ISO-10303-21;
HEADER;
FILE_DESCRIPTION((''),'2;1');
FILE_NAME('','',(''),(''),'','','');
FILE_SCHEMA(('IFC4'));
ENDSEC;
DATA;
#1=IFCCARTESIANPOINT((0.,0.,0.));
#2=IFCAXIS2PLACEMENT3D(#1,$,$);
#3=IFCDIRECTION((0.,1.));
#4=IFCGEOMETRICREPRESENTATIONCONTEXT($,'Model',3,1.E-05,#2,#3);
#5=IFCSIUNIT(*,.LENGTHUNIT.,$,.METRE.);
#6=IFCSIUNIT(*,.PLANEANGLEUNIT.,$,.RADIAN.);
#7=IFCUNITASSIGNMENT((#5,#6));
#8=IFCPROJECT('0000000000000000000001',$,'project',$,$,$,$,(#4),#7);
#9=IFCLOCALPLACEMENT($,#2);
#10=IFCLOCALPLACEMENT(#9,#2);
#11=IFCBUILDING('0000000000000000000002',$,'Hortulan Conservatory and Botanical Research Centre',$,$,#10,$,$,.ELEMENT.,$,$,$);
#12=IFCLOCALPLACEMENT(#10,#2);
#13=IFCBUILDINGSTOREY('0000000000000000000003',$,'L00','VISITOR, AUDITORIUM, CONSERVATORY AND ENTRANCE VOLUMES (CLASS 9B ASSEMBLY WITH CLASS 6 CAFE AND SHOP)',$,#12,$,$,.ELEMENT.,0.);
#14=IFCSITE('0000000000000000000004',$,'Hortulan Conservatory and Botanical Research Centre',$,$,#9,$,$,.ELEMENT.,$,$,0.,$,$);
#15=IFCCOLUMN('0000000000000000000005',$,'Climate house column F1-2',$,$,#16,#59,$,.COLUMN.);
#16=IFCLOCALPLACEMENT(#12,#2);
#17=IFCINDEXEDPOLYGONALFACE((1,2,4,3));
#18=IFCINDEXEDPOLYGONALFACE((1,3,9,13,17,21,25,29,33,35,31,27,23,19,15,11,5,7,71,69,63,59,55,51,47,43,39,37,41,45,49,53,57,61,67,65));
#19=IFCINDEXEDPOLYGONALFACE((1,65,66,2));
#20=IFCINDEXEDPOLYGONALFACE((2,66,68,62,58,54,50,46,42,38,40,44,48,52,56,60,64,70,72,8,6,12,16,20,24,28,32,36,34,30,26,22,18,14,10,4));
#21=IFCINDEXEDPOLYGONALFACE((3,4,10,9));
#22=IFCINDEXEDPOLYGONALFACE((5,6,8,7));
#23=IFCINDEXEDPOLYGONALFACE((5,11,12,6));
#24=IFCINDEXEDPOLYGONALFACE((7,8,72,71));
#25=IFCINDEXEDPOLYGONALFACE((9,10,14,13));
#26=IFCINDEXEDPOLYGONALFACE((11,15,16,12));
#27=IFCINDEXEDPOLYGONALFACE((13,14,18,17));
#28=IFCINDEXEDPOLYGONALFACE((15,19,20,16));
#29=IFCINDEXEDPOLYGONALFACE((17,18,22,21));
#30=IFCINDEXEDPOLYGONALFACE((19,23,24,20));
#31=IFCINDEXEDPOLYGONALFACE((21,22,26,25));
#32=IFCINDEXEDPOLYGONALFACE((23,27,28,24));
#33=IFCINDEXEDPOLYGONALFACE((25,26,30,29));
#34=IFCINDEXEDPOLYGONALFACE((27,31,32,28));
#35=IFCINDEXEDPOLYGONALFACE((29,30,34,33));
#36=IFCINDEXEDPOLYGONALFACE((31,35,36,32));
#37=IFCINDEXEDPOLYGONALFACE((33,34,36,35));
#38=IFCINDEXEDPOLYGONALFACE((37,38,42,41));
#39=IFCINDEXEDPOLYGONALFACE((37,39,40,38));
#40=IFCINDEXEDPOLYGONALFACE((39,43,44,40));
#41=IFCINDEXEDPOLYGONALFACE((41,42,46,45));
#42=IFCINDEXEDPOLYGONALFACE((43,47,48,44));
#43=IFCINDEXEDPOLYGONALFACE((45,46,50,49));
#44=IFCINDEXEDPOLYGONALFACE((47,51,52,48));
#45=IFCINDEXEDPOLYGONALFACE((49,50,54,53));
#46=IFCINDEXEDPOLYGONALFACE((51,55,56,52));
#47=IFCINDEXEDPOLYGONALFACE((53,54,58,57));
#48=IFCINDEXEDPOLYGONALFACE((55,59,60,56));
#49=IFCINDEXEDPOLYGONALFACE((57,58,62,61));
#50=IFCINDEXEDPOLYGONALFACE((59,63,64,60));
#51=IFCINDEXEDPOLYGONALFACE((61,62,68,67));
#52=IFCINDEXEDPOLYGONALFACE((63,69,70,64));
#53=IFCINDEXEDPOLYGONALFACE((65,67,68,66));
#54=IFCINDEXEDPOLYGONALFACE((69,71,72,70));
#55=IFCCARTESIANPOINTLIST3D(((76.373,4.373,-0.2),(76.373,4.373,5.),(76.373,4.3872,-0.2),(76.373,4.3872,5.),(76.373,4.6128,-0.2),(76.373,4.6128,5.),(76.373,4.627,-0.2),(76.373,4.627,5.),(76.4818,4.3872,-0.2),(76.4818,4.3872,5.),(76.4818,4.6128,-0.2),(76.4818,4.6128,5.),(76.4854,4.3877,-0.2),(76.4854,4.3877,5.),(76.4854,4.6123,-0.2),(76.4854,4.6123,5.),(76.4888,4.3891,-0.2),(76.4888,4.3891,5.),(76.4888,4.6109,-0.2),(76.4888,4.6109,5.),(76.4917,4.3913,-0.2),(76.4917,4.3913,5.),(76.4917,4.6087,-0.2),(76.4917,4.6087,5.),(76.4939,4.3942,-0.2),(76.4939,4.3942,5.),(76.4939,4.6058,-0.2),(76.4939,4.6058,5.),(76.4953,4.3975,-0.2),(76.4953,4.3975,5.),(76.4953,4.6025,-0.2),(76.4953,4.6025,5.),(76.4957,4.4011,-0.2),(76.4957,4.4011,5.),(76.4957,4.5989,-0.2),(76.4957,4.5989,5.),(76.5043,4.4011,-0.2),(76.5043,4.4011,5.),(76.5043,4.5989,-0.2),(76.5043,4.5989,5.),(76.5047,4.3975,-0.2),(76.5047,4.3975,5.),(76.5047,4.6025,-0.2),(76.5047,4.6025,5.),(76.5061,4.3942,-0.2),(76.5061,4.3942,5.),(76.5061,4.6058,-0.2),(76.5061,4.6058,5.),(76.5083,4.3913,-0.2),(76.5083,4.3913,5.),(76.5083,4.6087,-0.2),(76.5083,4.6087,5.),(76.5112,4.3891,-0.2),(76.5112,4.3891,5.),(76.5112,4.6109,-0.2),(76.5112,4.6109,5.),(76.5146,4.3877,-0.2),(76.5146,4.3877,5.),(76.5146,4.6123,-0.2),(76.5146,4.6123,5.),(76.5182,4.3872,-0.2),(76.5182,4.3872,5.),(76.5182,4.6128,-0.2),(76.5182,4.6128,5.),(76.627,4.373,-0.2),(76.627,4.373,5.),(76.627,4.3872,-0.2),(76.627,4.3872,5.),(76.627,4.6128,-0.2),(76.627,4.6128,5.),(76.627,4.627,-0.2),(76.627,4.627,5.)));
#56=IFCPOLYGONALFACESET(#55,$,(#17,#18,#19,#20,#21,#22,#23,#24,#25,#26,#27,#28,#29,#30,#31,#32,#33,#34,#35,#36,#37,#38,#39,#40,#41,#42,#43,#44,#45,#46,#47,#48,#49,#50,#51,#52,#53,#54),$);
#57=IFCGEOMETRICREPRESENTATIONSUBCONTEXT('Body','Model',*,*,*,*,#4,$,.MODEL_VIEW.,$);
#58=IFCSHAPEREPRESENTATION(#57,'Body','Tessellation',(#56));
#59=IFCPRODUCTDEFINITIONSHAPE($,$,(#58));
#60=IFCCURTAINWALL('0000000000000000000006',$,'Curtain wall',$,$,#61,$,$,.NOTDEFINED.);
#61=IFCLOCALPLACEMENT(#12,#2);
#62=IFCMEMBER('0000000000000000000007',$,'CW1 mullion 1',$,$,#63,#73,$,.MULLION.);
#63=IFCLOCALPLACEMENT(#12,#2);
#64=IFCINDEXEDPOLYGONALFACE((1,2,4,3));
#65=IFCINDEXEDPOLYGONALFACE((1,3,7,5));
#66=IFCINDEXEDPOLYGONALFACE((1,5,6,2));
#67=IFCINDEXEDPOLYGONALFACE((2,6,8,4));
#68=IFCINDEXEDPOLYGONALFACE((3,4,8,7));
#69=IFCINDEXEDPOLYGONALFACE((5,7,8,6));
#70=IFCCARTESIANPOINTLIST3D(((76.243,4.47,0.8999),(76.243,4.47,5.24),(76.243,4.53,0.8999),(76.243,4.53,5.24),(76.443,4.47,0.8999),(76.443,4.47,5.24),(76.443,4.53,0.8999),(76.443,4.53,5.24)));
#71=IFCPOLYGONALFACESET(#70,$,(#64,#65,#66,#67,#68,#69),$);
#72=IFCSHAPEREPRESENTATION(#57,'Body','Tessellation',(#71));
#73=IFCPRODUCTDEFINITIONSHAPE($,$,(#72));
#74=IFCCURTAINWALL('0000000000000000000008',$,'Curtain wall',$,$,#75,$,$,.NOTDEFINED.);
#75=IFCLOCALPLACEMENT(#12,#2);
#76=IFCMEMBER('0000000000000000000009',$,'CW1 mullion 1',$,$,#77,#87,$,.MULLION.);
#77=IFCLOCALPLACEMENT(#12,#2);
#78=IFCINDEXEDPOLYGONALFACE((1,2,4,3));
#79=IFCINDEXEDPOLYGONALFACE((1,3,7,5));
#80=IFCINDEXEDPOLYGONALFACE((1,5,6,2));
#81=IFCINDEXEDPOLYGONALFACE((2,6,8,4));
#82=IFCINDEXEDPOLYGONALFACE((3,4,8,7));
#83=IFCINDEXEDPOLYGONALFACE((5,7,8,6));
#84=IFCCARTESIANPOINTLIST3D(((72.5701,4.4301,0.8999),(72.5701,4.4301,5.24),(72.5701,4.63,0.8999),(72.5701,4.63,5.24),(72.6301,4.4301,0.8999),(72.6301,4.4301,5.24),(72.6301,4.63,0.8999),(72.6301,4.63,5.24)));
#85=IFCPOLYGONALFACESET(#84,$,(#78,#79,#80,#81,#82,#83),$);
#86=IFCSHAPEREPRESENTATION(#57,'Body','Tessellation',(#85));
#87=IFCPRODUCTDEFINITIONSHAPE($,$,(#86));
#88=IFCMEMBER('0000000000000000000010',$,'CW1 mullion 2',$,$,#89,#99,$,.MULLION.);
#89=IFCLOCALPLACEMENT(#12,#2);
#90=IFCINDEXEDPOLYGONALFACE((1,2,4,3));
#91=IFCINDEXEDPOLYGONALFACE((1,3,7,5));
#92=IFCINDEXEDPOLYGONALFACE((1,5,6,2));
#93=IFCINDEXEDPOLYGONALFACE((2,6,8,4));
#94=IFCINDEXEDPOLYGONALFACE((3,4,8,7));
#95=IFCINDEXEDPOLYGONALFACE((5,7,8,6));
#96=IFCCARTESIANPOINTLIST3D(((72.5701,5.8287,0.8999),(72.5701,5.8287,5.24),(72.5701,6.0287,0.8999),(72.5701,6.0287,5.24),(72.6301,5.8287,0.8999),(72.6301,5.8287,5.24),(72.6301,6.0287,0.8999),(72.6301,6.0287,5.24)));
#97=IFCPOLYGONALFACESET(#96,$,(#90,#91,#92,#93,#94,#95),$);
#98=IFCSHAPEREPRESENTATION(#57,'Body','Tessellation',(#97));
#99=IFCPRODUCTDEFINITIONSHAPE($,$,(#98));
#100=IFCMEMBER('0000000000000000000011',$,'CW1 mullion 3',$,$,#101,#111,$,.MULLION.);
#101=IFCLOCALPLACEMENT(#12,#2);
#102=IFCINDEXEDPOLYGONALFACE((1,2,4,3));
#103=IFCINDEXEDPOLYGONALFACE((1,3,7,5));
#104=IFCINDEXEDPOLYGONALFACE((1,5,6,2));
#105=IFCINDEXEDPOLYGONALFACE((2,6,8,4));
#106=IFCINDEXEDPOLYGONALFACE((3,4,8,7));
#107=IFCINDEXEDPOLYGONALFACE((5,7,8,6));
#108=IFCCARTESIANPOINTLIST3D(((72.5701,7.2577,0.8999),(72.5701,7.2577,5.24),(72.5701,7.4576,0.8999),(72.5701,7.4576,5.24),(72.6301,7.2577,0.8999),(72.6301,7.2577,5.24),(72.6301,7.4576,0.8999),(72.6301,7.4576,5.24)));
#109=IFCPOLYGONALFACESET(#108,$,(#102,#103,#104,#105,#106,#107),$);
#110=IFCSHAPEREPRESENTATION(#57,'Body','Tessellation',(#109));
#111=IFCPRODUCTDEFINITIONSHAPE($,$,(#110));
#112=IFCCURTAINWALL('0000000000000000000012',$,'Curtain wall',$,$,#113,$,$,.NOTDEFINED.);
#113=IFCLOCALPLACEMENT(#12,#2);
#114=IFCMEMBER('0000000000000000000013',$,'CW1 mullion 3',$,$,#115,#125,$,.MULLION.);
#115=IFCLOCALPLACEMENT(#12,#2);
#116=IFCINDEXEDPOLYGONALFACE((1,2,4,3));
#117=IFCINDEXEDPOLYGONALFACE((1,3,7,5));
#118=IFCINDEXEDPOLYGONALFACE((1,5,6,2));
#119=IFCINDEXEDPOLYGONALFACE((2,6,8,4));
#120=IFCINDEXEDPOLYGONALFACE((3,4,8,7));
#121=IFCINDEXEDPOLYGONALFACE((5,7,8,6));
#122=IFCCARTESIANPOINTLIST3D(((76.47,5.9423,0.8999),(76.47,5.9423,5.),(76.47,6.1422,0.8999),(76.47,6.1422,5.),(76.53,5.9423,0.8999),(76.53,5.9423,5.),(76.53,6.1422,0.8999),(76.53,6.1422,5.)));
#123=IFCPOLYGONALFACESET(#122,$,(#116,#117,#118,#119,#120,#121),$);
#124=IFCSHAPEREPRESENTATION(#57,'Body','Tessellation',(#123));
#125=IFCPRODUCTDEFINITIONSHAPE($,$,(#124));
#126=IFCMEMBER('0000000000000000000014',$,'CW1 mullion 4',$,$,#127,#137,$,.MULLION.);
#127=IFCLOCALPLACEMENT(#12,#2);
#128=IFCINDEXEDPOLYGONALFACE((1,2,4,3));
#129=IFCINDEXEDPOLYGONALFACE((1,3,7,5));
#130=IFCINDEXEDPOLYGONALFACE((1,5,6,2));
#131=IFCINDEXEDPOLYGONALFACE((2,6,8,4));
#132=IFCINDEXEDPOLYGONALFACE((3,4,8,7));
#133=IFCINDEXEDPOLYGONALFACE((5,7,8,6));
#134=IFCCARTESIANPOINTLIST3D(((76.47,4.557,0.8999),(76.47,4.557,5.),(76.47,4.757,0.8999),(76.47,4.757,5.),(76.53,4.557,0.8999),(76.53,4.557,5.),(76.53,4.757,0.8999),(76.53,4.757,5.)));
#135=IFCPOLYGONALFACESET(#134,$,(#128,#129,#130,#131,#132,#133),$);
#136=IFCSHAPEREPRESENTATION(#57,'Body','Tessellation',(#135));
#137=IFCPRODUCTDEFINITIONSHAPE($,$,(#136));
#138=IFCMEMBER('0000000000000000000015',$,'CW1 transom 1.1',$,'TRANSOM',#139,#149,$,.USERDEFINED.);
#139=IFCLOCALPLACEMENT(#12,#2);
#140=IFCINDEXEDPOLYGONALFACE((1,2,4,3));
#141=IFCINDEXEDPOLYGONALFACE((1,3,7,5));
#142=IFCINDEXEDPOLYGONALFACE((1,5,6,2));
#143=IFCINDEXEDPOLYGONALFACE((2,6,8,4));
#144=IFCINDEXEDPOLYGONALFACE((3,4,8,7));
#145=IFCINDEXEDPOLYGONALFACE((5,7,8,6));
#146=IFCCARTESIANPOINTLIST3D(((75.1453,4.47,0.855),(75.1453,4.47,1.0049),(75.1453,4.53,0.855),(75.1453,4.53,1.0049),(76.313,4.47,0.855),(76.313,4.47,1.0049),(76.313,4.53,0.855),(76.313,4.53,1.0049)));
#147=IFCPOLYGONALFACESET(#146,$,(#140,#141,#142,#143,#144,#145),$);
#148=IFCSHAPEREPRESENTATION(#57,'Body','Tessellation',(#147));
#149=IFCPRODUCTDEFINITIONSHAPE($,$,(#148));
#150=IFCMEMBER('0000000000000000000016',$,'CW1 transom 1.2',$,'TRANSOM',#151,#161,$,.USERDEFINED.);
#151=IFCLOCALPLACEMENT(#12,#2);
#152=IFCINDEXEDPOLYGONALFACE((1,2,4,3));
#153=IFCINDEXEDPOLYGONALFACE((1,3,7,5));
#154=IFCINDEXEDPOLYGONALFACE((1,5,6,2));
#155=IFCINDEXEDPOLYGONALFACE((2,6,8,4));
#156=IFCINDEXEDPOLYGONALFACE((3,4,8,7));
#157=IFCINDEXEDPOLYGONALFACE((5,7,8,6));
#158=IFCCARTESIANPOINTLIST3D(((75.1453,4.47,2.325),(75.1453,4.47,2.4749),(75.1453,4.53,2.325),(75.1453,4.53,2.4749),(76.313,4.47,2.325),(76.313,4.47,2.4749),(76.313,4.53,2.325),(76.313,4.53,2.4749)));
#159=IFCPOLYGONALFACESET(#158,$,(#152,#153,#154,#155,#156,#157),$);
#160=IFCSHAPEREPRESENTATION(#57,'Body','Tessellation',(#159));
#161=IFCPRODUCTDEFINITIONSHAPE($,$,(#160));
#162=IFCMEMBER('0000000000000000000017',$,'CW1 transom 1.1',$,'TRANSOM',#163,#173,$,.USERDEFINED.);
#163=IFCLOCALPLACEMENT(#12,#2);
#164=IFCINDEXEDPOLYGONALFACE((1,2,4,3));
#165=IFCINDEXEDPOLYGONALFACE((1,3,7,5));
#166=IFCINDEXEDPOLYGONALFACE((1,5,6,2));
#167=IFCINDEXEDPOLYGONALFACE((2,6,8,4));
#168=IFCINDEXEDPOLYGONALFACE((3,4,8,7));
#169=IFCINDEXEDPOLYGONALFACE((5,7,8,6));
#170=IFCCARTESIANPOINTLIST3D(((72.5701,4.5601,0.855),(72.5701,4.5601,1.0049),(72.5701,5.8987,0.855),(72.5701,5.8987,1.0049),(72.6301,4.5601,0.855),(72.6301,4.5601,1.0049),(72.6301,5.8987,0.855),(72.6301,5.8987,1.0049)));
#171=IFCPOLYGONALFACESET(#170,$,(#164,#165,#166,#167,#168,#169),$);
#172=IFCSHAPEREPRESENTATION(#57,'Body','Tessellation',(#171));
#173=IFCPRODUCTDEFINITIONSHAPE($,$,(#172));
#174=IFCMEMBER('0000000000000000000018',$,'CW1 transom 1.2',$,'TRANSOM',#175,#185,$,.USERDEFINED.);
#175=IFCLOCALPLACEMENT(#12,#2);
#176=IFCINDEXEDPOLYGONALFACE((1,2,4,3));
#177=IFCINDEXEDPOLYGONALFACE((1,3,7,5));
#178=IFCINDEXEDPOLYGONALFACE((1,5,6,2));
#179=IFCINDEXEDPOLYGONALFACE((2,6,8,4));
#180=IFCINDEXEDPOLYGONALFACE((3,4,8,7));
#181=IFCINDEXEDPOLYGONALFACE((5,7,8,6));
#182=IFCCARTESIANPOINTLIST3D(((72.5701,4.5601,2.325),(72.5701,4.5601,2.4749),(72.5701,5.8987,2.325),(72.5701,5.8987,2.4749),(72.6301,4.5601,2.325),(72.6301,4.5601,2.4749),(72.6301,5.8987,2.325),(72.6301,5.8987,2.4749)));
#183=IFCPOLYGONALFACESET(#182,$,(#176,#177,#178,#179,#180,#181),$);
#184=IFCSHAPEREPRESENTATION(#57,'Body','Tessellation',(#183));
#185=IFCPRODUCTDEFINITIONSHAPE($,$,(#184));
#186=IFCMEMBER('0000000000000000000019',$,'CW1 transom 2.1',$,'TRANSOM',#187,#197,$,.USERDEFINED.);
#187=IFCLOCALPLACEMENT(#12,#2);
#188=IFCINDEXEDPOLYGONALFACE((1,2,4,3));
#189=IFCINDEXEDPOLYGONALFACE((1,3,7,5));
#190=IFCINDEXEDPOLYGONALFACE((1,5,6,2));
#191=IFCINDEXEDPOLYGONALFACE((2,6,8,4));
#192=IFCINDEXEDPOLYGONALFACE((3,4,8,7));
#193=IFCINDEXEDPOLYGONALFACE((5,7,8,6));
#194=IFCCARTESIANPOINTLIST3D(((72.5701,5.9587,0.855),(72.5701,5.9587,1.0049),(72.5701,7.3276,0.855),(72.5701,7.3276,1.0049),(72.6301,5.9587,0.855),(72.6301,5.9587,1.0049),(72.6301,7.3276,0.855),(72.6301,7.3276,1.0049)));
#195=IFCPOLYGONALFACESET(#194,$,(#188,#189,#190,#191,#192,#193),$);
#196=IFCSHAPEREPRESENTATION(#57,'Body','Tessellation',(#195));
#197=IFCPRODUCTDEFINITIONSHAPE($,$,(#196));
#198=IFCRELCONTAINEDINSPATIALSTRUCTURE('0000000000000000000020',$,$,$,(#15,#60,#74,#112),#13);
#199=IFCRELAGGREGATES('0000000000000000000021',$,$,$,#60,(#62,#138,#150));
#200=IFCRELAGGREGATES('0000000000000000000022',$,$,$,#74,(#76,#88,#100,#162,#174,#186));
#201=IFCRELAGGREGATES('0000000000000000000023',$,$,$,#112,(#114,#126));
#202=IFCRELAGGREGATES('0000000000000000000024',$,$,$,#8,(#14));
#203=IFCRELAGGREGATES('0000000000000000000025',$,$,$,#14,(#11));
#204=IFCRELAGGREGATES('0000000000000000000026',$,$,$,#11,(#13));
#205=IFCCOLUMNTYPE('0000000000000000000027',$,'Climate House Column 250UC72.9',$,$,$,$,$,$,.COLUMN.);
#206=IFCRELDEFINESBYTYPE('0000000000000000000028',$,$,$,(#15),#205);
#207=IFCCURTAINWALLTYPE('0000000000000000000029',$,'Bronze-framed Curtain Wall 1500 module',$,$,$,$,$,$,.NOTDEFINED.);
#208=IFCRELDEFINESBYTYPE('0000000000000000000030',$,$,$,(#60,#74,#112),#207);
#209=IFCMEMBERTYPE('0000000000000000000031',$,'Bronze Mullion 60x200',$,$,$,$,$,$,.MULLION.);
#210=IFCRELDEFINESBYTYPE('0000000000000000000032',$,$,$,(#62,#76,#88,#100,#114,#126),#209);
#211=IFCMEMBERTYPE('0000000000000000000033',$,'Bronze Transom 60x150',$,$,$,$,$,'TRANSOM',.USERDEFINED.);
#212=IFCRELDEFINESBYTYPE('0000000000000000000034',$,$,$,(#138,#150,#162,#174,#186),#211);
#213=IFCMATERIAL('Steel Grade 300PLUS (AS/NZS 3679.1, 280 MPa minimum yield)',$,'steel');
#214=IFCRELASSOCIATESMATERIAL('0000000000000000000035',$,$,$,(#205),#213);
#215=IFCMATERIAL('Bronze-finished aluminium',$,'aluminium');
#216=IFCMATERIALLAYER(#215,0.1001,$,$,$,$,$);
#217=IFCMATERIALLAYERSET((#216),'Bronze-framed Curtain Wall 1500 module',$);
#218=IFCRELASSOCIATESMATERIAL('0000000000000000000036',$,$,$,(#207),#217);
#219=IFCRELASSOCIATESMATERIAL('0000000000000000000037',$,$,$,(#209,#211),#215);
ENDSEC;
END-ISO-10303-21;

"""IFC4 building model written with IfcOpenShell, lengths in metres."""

from ifc_helpers import new_model, si_unit, direction, frame, origin, origin_2d, place, context, subcontext, project, spatial, rectangle, i_section, extrude, material, layer, layer_set, material_profile, profile_set, type_object, element, aggregate, save


model = new_model("IFC4")

# Units and contexts
model_context = context("Model", 3, precision=1e-05, world=origin(), true_north=direction((0.0, 1.0)))
body_context = subcontext(model_context, "Body", "Model", "MODEL_VIEW")
ifc_project = project(units=[si_unit("LENGTHUNIT", "METRE"), si_unit("PLANEANGLEUNIT", "RADIAN")], contexts=[model_context])

# Site, building, storey
site_placement = place(None, origin())
site = spatial("IfcSite", under=ifc_project, at=site_placement, Name="Hortulan Conservatory and Botanical Research Centre", CompositionType="ELEMENT", RefElevation=0.0)
building_placement = place(site_placement, origin())
building = spatial("IfcBuilding", under=site, at=building_placement, Name="Hortulan Conservatory and Botanical Research Centre", CompositionType="ELEMENT")
storey_placement = place(building_placement, origin())
storey = spatial("IfcBuildingStorey", under=building, at=storey_placement, Name="L00", Description="VISITOR, AUDITORIUM, CONSERVATORY AND ENTRANCE VOLUMES (CLASS 9B ASSEMBLY WITH CLASS 6 CAFE AND SHOP)", CompositionType="ELEMENT", Elevation=0.0)

# Column
ifc_material_1 = material(Name="Steel Grade 300PLUS (AS/NZS 3679.1, 280 MPa minimum yield)", Category="steel")
ifc_material_profile_1 = material_profile(ifc_material_1, i_section(OverallWidth=0.2539, OverallDepth=0.2539, WebThickness=0.0085, FlangeThickness=0.0142, FilletRadius=0.0139, at=origin_2d()), Name="250UC72.9")
ifc_profile_set_1 = profile_set([ifc_material_profile_1], Name="Steel Grade 300PLUS (AS/NZS 3679.1, 280 MPa minimum yield)")
column_type = type_object("IfcColumnType", Name="Climate House Column 250UC72.9", PredefinedType="COLUMN", material=ifc_profile_set_1)
column_placement = place(storey_placement, frame((76.5, 4.5, -0.2), z_axis=(0.0, 0.0, 1.0), x_axis=(1.0, 0.0, 0.0)))
element("IfcColumn", 1, at=column_placement, inside=storey, type_object=column_type, Name="Climate house column F1-2", PredefinedType="COLUMN", context=body_context, shape_type="SweptSolid", body=[
    extrude(i_section(OverallWidth=0.2539, OverallDepth=0.2539, WebThickness=0.0085, FlangeThickness=0.0142, FilletRadius=0.0139, at=origin_2d()), origin(), (0.0, 0.0, 1.0), 5.2),
])

# Curtain wall, member
ifc_material_2 = material(Name="Bronze-finished aluminium", Category="aluminium")
ifc_layer_1 = layer(ifc_material_2, 0.1001)
ifc_layer_set_1 = layer_set([ifc_layer_1], Name="Bronze-framed Curtain Wall 1500 module")
curtain_wall_type = type_object("IfcCurtainWallType", Name="Bronze-framed Curtain Wall 1500 module", PredefinedType="NOTDEFINED", material=ifc_layer_set_1)
curtain_wall_1_placement = place(storey_placement, origin())
curtain_wall_1 = element("IfcCurtainWall", 2, at=curtain_wall_1_placement, inside=storey, type_object=curtain_wall_type, Name="Curtain wall", PredefinedType="NOTDEFINED")
ifc_material_profile_2 = material_profile(ifc_material_2, rectangle(XDim=0.0601, YDim=0.2, at=origin_2d()), Name="Bronze Mullion 60x200")
ifc_profile_set_2 = profile_set([ifc_material_profile_2], Name="Bronze-finished aluminium")
member_type_1 = type_object("IfcMemberType", Name="Bronze Mullion 60x200", PredefinedType="MULLION", material=ifc_profile_set_2)
member_1_placement = place(storey_placement, frame((76.343, 4.5, 0.8999), z_axis=(0.0, 0.0, 1.0), x_axis=(0.0, -1.0, 0.0)))
member_1 = element("IfcMember", 3, at=member_1_placement, type_object=member_type_1, Name="CW1 mullion 1", PredefinedType="MULLION", context=body_context, shape_type="SweptSolid", body=[
    extrude(rectangle(XDim=0.0601, YDim=0.2, at=origin_2d()), origin(), (0.0, 0.0, 1.0), 4.3401),
])

# Curtain walls, members
curtain_wall_2_placement = place(storey_placement, origin())
curtain_wall_2 = element("IfcCurtainWall", 4, at=curtain_wall_2_placement, inside=storey, type_object=curtain_wall_type, Name="Curtain wall", PredefinedType="NOTDEFINED")
member_2_placement = place(storey_placement, frame((72.6001, 4.53, 0.8999), z_axis=(0.0, 0.0, 1.0), x_axis=(-1.0, 0.0, 0.0)))
member_2 = element("IfcMember", 5, at=member_2_placement, type_object=member_type_1, Name="CW1 mullion 1", PredefinedType="MULLION", context=body_context, shape_type="SweptSolid", body=[
    extrude(rectangle(XDim=0.0601, YDim=0.2, at=origin_2d()), origin(), (0.0, 0.0, 1.0), 4.3401),
])
member_3_placement = place(storey_placement, frame((72.6001, 5.9287, 0.8999), z_axis=(0.0, 0.0, 1.0), x_axis=(-1.0, 0.0, 0.0)))
member_3 = element("IfcMember", 6, at=member_3_placement, type_object=member_type_1, Name="CW1 mullion 2", PredefinedType="MULLION", context=body_context, shape_type="SweptSolid", body=[
    extrude(rectangle(XDim=0.0601, YDim=0.2, at=origin_2d()), origin(), (0.0, 0.0, 1.0), 4.3401),
])
member_4_placement = place(storey_placement, frame((72.6001, 7.3577, 0.8999), z_axis=(0.0, 0.0, 1.0), x_axis=(-1.0, 0.0, 0.0)))
member_4 = element("IfcMember", 7, at=member_4_placement, type_object=member_type_1, Name="CW1 mullion 3", PredefinedType="MULLION", context=body_context, shape_type="SweptSolid", body=[
    extrude(rectangle(XDim=0.0601, YDim=0.2, at=origin_2d()), origin(), (0.0, 0.0, 1.0), 4.3401),
])
curtain_wall_3_placement = place(storey_placement, origin())
curtain_wall_3 = element("IfcCurtainWall", 8, at=curtain_wall_3_placement, inside=storey, type_object=curtain_wall_type, Name="Curtain wall", PredefinedType="NOTDEFINED")
member_5_placement = place(storey_placement, frame((76.5, 6.0422, 0.8999), z_axis=(0.0, 0.0, 1.0), x_axis=(1.0, 0.0, 0.0)))
member_5 = element("IfcMember", 9, at=member_5_placement, type_object=member_type_1, Name="CW1 mullion 3", PredefinedType="MULLION", context=body_context, shape_type="SweptSolid", body=[
    extrude(rectangle(XDim=0.0601, YDim=0.2, at=origin_2d()), origin(), (0.0, 0.0, 1.0), 4.1001),
])
member_6_placement = place(storey_placement, frame((76.5, 4.657, 0.8999), z_axis=(0.0, 0.0, 1.0), x_axis=(1.0, 0.0, 0.0)))
member_6 = element("IfcMember", 10, at=member_6_placement, type_object=member_type_1, Name="CW1 mullion 4", PredefinedType="MULLION", context=body_context, shape_type="SweptSolid", body=[
    extrude(rectangle(XDim=0.0601, YDim=0.2, at=origin_2d()), origin(), (0.0, 0.0, 1.0), 4.1001),
])

# Members
ifc_material_profile_3 = material_profile(ifc_material_2, rectangle(XDim=0.0601, YDim=0.1499, at=origin_2d()), Name="Bronze Transom 60x150")
ifc_profile_set_3 = profile_set([ifc_material_profile_3], Name="Bronze-finished aluminium")
member_type_2 = type_object("IfcMemberType", Name="Bronze Transom 60x150", ElementType="TRANSOM", PredefinedType="USERDEFINED", material=ifc_profile_set_3)
member_7_placement = place(storey_placement, frame((76.313, 4.5, 0.9299), z_axis=(-1.0, 0.0, 0.0), x_axis=(0.0, -1.0, 0.0)))
member_7 = element("IfcMember", 11, at=member_7_placement, type_object=member_type_2, Name="CW1 transom 1.1", ObjectType="TRANSOM", PredefinedType="USERDEFINED", context=body_context, shape_type="SweptSolid", body=[
    extrude(rectangle(XDim=0.0601, YDim=0.1499, at=origin_2d()), origin(), (0.0, 0.0, 1.0), 1.1677),
])
member_8_placement = place(storey_placement, frame((76.313, 4.5, 2.3999), z_axis=(-1.0, 0.0, 0.0), x_axis=(0.0, -1.0, 0.0)))
member_8 = element("IfcMember", 12, at=member_8_placement, type_object=member_type_2, Name="CW1 transom 1.2", ObjectType="TRANSOM", PredefinedType="USERDEFINED", context=body_context, shape_type="SweptSolid", body=[
    extrude(rectangle(XDim=0.0601, YDim=0.1499, at=origin_2d()), origin(), (0.0, 0.0, 1.0), 1.1677),
])
member_9_placement = place(storey_placement, frame((72.6001, 4.5601, 0.9299), z_axis=(0.0, 1.0, 0.0), x_axis=(-1.0, 0.0, 0.0)))
member_9 = element("IfcMember", 13, at=member_9_placement, type_object=member_type_2, Name="CW1 transom 1.1", ObjectType="TRANSOM", PredefinedType="USERDEFINED", context=body_context, shape_type="SweptSolid", body=[
    extrude(rectangle(XDim=0.0601, YDim=0.1499, at=origin_2d()), origin(), (0.0, 0.0, 1.0), 1.3386),
])
member_10_placement = place(storey_placement, frame((72.6001, 4.5601, 2.3999), z_axis=(0.0, 1.0, 0.0), x_axis=(-1.0, 0.0, 0.0)))
member_10 = element("IfcMember", 14, at=member_10_placement, type_object=member_type_2, Name="CW1 transom 1.2", ObjectType="TRANSOM", PredefinedType="USERDEFINED", context=body_context, shape_type="SweptSolid", body=[
    extrude(rectangle(XDim=0.0601, YDim=0.1499, at=origin_2d()), origin(), (0.0, 0.0, 1.0), 1.3386),
])
member_11_placement = place(storey_placement, frame((72.6001, 5.9587, 0.9299), z_axis=(0.0, 1.0, 0.0), x_axis=(-1.0, 0.0, 0.0)))
member_11 = element("IfcMember", 15, at=member_11_placement, type_object=member_type_2, Name="CW1 transom 2.1", ObjectType="TRANSOM", PredefinedType="USERDEFINED", context=body_context, shape_type="SweptSolid", body=[
    extrude(rectangle(XDim=0.0601, YDim=0.1499, at=origin_2d()), origin(), (0.0, 0.0, 1.0), 1.3689),
])

aggregate(curtain_wall_1, [member_1, member_7, member_8])
aggregate(curtain_wall_2, [member_2, member_3, member_4, member_9, member_10, member_11])
aggregate(curtain_wall_3, [member_5, member_6])

save(model, "model.ifc")
